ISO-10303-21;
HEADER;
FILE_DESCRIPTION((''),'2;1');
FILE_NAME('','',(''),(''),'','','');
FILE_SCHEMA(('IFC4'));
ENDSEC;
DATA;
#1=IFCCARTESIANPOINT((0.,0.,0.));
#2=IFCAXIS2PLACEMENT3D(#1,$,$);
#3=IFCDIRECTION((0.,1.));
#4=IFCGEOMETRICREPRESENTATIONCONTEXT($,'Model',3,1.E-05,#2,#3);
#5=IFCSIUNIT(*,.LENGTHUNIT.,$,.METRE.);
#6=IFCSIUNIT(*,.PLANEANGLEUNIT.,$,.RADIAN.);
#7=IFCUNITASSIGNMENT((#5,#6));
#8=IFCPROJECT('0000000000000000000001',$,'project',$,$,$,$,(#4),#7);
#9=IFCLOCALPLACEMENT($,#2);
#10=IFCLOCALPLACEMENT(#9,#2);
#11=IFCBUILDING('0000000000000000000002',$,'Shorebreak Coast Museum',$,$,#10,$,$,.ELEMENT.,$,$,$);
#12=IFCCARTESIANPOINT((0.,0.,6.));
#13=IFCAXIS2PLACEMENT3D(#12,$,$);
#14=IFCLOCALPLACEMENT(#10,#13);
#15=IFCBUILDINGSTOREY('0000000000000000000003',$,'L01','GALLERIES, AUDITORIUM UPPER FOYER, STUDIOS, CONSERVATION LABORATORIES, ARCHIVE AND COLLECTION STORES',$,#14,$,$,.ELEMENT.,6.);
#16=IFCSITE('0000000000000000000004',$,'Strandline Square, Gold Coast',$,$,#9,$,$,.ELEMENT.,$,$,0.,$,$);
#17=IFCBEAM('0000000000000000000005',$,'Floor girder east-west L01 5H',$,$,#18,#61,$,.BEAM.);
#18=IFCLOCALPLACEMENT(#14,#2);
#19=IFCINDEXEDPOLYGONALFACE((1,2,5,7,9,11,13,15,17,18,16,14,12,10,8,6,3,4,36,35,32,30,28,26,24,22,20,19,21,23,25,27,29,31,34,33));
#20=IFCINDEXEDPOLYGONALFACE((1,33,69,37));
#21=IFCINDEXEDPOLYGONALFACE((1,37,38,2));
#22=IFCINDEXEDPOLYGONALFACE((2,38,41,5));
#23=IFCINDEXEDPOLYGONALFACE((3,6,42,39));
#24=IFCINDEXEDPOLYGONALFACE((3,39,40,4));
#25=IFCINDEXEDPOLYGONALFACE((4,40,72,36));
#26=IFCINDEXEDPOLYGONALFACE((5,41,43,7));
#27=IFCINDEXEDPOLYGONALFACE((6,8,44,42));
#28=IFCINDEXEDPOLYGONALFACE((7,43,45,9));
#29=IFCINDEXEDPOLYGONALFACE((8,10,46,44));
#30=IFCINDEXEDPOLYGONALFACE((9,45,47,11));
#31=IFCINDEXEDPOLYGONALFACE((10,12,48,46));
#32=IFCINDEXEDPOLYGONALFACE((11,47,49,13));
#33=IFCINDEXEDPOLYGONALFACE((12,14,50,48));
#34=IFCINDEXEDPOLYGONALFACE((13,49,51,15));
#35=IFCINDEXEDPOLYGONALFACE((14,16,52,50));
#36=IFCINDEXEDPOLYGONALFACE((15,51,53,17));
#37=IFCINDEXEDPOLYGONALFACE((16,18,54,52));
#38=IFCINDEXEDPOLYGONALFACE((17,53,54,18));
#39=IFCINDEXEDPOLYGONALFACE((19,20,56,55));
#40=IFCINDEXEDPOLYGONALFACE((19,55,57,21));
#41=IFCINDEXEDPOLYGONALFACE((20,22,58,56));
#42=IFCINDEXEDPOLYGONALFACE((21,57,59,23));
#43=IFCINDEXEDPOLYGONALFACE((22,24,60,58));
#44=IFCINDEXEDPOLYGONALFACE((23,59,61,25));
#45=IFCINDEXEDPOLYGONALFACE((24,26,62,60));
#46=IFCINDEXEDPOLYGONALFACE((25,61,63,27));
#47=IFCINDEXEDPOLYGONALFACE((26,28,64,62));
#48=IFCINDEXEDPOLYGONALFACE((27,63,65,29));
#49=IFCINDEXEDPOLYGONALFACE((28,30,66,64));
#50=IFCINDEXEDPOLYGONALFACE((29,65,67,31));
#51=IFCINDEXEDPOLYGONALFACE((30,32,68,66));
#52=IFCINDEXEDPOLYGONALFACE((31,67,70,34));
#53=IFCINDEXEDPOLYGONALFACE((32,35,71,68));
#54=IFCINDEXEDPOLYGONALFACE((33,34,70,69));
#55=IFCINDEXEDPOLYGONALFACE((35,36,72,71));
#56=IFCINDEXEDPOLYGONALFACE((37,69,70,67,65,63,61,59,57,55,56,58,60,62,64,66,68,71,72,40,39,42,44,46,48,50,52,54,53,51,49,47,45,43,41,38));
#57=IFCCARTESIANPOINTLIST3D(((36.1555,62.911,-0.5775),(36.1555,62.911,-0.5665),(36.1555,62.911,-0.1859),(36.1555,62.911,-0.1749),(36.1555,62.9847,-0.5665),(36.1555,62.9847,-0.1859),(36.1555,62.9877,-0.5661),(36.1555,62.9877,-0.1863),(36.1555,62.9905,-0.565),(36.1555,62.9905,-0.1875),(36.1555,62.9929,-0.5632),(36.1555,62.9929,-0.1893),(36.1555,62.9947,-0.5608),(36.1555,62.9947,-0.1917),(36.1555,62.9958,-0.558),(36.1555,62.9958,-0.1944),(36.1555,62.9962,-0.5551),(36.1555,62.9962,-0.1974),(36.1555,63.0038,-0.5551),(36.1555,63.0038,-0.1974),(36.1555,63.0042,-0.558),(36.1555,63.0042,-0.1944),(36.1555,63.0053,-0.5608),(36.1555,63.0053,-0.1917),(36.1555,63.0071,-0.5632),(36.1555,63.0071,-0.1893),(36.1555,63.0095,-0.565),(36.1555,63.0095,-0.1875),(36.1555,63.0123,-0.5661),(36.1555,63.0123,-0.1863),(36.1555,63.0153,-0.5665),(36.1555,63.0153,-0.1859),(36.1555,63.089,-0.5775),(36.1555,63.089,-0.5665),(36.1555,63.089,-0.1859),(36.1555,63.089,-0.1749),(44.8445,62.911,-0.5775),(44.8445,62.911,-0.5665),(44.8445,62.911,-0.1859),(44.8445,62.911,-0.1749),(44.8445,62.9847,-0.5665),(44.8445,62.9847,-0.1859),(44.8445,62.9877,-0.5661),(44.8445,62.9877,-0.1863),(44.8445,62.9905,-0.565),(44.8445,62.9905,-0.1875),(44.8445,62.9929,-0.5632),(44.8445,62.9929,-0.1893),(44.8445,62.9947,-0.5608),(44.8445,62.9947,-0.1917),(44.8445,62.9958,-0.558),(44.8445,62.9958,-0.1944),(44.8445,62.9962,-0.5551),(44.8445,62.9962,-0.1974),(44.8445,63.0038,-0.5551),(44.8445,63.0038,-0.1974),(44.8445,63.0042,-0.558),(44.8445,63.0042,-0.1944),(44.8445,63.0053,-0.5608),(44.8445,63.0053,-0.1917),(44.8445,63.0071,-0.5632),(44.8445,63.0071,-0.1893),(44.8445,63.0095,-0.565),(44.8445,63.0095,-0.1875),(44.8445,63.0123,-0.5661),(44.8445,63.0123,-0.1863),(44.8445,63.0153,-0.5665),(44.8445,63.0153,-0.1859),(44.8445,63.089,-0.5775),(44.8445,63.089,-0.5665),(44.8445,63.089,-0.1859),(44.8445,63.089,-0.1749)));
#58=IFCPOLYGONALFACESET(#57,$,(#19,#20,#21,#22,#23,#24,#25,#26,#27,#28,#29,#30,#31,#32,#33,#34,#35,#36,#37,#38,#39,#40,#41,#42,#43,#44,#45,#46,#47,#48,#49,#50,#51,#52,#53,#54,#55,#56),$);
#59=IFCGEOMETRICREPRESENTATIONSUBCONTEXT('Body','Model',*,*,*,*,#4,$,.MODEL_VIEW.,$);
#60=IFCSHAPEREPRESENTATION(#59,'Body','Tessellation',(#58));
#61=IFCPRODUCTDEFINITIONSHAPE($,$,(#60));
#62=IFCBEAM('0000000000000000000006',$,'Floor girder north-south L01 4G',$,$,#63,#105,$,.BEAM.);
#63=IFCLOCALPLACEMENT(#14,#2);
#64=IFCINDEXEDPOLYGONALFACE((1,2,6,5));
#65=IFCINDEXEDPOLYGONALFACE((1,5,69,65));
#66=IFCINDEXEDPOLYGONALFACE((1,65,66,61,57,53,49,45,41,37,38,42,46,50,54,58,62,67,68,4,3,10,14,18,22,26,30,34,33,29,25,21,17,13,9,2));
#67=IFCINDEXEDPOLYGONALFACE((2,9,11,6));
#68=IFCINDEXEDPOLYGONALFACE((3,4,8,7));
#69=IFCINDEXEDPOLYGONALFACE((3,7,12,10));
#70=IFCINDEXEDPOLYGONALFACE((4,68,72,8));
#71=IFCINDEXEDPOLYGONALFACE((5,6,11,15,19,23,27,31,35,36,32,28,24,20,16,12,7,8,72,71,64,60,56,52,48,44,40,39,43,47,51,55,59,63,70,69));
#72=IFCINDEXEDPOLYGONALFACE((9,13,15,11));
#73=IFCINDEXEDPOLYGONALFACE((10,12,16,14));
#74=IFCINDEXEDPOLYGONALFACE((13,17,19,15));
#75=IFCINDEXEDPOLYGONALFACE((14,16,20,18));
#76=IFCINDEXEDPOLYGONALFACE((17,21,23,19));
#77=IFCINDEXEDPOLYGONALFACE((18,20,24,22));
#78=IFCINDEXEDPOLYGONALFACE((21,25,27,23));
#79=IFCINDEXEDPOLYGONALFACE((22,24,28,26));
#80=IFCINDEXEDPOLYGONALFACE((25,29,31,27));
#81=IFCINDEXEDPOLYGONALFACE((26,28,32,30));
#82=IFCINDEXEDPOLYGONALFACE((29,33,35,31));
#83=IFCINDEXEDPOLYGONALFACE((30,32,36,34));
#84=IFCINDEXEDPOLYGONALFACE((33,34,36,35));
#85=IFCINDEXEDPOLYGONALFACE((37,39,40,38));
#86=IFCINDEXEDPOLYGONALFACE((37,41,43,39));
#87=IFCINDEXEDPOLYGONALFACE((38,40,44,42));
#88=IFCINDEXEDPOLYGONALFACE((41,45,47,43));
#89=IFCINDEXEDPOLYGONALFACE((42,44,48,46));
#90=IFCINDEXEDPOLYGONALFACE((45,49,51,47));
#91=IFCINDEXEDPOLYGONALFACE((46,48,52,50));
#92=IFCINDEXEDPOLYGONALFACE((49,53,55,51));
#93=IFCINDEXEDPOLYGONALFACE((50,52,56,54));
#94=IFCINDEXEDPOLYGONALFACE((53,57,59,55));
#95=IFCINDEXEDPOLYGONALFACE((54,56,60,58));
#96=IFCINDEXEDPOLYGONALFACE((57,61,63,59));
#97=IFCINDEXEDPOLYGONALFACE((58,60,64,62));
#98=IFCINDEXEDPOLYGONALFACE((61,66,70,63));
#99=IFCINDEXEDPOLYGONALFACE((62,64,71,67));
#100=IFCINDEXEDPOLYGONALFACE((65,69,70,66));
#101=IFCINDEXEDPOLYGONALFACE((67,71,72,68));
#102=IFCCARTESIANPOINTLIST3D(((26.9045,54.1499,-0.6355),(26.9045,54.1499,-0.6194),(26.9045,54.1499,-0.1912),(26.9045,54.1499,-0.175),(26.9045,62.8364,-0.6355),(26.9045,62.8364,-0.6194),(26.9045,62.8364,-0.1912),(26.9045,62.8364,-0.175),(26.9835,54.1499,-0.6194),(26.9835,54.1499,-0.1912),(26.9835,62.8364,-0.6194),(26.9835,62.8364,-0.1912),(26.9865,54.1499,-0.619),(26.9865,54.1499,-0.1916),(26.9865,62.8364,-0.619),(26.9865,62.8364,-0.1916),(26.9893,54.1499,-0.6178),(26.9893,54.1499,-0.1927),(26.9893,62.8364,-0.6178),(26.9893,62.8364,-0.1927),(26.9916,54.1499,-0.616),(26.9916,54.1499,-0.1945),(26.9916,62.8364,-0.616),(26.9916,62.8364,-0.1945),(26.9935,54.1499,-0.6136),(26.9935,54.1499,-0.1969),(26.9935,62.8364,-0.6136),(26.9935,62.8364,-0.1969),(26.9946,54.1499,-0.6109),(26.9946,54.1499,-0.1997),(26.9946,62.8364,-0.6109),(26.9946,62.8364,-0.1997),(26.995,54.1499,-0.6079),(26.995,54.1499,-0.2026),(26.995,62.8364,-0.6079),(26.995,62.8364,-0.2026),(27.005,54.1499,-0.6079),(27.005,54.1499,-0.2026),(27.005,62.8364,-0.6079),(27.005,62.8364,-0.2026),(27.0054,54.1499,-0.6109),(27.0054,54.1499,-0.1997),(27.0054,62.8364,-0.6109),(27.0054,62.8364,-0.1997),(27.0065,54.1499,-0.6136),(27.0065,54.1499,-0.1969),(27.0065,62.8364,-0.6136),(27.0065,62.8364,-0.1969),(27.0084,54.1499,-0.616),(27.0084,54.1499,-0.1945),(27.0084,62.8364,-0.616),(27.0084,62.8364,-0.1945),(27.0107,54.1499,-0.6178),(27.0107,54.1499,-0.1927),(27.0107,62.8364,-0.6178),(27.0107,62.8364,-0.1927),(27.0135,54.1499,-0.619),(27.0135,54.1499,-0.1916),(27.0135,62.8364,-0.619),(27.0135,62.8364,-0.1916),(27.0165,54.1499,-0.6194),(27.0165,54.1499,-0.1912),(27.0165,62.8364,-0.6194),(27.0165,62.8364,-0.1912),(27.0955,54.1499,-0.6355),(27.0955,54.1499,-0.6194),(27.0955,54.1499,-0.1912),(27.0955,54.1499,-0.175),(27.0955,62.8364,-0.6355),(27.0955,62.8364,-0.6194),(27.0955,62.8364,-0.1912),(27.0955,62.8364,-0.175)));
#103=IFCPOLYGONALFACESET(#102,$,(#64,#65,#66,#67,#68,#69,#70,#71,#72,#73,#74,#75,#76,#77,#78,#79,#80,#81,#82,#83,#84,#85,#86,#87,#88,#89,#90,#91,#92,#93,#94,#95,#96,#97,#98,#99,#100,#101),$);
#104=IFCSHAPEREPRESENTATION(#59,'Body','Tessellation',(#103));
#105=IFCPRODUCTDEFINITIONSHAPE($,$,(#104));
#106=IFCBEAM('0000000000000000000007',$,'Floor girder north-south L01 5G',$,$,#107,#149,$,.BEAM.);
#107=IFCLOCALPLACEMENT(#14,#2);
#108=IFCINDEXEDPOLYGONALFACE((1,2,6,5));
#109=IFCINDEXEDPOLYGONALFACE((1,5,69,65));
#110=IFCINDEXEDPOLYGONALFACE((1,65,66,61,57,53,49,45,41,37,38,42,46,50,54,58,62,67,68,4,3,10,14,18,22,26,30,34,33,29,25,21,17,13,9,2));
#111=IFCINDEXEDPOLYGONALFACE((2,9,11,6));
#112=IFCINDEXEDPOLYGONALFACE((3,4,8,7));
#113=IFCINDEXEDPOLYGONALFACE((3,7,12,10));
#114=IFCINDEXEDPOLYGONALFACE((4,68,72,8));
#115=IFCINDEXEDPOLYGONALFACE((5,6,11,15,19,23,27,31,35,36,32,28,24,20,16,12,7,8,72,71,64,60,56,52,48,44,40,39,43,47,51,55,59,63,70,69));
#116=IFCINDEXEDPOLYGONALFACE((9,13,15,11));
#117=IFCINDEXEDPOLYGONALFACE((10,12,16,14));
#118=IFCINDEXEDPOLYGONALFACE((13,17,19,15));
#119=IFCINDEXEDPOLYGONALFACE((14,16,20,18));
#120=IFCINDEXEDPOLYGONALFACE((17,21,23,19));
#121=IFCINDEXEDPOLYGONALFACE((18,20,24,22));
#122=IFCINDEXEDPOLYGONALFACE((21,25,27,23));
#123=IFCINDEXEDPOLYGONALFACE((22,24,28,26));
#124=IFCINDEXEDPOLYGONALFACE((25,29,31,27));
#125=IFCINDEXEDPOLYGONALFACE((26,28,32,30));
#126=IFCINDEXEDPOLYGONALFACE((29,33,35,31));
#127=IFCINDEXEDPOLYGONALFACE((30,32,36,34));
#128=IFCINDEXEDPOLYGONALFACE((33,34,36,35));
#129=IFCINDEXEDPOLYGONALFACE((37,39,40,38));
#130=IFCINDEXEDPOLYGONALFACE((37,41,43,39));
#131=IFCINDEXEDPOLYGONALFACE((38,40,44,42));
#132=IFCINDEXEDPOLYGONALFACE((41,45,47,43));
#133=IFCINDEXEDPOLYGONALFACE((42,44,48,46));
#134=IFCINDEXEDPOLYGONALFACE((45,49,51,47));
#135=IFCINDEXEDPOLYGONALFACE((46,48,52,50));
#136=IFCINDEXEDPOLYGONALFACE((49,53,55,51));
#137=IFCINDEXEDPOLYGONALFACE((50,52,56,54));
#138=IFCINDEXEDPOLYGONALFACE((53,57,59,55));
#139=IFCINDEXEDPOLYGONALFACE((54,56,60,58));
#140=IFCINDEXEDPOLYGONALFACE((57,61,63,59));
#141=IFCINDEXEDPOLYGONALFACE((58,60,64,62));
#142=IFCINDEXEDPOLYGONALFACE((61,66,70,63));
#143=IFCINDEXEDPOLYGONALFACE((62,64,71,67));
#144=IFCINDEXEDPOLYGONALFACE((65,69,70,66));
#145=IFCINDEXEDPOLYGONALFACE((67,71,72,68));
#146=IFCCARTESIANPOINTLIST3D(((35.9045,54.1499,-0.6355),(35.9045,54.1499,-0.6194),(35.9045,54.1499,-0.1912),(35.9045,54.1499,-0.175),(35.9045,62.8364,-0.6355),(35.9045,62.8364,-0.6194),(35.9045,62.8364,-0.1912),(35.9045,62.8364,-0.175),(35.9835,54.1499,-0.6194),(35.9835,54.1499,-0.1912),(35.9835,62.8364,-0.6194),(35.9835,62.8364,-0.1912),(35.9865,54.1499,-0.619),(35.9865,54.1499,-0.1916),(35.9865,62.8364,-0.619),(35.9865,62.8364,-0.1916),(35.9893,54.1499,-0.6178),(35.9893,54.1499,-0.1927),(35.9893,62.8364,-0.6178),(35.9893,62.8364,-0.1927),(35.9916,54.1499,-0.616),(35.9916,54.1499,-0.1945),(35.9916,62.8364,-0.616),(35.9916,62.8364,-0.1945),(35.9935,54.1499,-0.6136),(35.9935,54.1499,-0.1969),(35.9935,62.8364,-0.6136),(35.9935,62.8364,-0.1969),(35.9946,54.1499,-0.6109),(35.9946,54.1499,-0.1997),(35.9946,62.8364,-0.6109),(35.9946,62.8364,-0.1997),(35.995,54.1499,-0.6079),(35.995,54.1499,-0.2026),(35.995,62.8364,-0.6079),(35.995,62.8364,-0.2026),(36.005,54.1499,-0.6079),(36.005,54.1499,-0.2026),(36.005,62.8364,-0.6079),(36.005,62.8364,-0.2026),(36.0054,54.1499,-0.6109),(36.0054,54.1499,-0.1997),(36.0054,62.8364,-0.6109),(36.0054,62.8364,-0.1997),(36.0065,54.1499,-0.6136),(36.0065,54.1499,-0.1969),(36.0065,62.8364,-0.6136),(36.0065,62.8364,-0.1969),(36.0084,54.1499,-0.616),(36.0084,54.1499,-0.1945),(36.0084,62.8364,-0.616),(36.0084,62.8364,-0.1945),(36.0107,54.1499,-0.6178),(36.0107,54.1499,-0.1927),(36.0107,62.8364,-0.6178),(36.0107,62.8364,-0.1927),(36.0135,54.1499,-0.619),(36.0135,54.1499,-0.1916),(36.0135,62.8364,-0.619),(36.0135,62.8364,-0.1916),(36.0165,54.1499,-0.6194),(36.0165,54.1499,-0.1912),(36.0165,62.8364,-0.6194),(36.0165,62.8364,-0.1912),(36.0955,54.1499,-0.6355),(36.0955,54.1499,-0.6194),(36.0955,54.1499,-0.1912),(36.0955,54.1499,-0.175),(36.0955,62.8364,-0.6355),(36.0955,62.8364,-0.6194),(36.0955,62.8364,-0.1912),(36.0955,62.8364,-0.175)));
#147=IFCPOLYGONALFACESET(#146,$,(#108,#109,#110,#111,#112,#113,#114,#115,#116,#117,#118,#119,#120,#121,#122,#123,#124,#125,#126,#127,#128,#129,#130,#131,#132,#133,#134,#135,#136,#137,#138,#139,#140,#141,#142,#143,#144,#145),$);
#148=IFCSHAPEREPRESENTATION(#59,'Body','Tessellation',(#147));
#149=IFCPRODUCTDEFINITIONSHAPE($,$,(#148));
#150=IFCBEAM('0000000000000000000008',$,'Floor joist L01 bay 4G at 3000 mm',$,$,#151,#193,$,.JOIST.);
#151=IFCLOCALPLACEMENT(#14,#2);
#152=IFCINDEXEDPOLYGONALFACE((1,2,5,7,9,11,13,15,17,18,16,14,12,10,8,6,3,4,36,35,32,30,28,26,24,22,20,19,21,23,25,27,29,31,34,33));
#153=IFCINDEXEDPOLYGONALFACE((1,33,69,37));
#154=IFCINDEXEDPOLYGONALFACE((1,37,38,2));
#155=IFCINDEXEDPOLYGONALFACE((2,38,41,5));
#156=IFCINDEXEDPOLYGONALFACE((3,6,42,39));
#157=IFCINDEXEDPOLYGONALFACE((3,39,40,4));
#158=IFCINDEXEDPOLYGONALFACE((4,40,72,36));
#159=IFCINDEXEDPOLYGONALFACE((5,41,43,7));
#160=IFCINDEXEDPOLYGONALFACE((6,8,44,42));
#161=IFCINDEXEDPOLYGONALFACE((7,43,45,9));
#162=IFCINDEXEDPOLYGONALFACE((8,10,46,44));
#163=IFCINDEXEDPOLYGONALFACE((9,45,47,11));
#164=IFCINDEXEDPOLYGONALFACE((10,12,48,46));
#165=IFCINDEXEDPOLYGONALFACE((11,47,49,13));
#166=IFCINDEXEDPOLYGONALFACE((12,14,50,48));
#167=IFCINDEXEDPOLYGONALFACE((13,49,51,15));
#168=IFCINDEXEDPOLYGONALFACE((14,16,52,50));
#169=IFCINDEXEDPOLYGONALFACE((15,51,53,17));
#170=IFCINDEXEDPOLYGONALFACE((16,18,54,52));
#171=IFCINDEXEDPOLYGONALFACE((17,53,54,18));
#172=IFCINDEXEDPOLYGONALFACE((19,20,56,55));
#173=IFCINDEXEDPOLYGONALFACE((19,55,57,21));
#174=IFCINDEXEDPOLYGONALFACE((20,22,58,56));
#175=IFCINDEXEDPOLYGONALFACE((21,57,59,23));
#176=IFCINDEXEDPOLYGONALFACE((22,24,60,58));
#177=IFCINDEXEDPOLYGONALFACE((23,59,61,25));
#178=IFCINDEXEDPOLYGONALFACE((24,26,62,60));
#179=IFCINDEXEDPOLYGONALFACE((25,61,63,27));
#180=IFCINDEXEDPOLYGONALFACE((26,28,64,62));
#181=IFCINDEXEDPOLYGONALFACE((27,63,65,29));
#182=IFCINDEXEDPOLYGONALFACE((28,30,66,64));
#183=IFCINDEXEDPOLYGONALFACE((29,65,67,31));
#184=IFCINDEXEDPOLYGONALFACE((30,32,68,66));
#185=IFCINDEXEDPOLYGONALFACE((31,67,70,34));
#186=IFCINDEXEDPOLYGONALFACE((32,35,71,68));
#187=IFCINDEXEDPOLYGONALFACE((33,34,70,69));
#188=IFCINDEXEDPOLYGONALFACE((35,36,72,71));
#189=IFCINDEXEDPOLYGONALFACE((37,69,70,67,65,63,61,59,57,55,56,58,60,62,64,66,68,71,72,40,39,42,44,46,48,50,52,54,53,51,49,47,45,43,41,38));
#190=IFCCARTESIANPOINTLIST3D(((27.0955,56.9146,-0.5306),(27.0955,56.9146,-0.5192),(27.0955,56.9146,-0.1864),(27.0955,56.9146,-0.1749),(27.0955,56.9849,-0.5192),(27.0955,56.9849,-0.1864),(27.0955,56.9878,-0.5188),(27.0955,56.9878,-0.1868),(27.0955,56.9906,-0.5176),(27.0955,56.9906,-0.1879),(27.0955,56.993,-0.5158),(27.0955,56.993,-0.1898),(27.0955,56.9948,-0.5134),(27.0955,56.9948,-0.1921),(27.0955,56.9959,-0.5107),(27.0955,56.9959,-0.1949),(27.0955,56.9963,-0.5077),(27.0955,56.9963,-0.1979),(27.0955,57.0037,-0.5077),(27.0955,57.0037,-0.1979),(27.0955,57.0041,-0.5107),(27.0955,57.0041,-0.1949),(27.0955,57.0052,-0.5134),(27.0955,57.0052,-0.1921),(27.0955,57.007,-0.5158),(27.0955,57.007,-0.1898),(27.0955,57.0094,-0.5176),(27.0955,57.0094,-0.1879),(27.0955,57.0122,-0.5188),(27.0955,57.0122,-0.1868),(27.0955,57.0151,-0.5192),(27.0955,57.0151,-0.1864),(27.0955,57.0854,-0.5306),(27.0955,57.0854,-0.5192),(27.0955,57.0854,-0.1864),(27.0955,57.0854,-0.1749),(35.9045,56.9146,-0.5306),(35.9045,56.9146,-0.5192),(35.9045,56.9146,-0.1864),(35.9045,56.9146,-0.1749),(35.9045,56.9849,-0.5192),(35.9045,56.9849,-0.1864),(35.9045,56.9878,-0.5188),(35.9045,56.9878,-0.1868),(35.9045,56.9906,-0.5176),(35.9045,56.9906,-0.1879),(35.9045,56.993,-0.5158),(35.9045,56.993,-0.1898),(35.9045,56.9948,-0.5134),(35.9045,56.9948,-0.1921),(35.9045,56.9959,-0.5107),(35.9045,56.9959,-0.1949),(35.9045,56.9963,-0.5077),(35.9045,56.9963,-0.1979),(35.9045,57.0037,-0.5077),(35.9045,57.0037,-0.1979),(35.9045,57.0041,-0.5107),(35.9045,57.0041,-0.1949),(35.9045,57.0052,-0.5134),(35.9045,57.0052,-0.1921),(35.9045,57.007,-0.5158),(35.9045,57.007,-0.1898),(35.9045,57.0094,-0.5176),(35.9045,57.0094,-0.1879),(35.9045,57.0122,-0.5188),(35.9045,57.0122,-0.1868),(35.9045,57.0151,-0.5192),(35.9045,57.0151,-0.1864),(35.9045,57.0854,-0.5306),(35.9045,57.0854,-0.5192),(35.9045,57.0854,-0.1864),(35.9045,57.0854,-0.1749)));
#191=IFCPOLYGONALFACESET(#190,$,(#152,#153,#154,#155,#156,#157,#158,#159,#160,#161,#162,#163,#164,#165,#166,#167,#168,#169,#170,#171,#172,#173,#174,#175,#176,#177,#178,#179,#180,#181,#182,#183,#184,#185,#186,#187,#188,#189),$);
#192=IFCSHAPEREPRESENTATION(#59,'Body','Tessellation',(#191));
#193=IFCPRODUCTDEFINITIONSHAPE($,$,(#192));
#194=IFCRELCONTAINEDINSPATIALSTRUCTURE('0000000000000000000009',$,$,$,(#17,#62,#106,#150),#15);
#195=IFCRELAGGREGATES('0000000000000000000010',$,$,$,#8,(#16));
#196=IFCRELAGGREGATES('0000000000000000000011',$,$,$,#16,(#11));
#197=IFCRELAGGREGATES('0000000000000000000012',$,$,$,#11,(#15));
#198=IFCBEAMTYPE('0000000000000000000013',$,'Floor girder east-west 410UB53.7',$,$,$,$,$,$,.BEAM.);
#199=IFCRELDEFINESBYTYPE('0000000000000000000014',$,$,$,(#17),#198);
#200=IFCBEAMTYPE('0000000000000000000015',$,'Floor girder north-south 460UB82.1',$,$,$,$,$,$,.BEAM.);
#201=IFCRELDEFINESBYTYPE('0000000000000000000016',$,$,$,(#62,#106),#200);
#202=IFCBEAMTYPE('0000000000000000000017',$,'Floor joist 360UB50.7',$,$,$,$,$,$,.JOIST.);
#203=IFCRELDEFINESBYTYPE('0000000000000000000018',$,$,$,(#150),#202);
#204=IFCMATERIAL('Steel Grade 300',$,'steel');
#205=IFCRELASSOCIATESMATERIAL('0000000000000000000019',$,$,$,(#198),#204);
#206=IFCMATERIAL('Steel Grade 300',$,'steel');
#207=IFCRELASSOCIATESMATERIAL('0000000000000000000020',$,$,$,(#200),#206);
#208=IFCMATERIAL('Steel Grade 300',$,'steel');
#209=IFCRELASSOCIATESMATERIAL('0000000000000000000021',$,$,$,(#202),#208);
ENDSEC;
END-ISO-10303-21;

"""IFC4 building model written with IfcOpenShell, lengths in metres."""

from ifc_helpers import new_model, si_unit, direction, frame, origin, origin_2d, place, context, subcontext, project, spatial, i_section, extrude, material, material_profile, profile_set, type_object, element, save


model = new_model("IFC4")

# Units and contexts
model_context = context("Model", 3, precision=1e-05, world=origin(), true_north=direction((0.0, 1.0)))
body_context = subcontext(model_context, "Body", "Model", "MODEL_VIEW")
ifc_project = project(units=[si_unit("LENGTHUNIT", "METRE"), si_unit("PLANEANGLEUNIT", "RADIAN")], contexts=[model_context])

# Site, building, storey
site_placement = place(None, origin())
site = spatial("IfcSite", under=ifc_project, at=site_placement, Name="Strandline Square, Gold Coast", CompositionType="ELEMENT", RefElevation=0.0)
building_placement = place(site_placement, origin())
building = spatial("IfcBuilding", under=site, at=building_placement, Name="Shorebreak Coast Museum", CompositionType="ELEMENT")
storey_placement = place(building_placement, frame((0.0, 0.0, 6.0)))
storey = spatial("IfcBuildingStorey", under=building, at=storey_placement, Name="L01", Description="GALLERIES, AUDITORIUM UPPER FOYER, STUDIOS, CONSERVATION LABORATORIES, ARCHIVE AND COLLECTION STORES", CompositionType="ELEMENT", Elevation=6.0)

# Beams
ifc_material_1 = material(Name="Steel Grade 300", Category="steel")
ifc_material_profile_1 = material_profile(ifc_material_1, i_section(OverallWidth=0.178, OverallDepth=0.4026, WebThickness=0.0076, FlangeThickness=0.011, FilletRadius=0.0115, at=origin_2d()), Name="410UB53.7")
ifc_profile_set_1 = profile_set([ifc_material_profile_1], Name="Steel Grade 300")
beam_type_1 = type_object("IfcBeamType", Name="Floor girder east-west 410UB53.7", PredefinedType="BEAM", material=ifc_profile_set_1)
for number, where, z_axis, x_axis, name in (
    (1, (36.1555, 63.0, -0.3762), (1.0, 0.0, 0.0), (0.0, 1.0, 0.0), "Floor girder east-west L01 5H"),
):
    element("IfcBeam", number, at=place(storey_placement, frame(where, z_axis=z_axis, x_axis=x_axis)), inside=storey, type_object=beam_type_1, Name=name, PredefinedType="BEAM", context=body_context, shape_type="SweptSolid", body=[
        extrude(i_section(OverallWidth=0.178, OverallDepth=0.4026, WebThickness=0.0076, FlangeThickness=0.011, FilletRadius=0.0115, at=origin_2d()), origin(), (0.0, 0.0, 1.0), 8.689),
    ])
ifc_material_2 = material(Name="Steel Grade 300", Category="steel")
ifc_material_profile_2 = material_profile(ifc_material_2, i_section(OverallWidth=0.1909, OverallDepth=0.4604, WebThickness=0.01, FlangeThickness=0.0161, FilletRadius=0.0115, at=origin_2d()), Name="460UB82.1")
ifc_profile_set_2 = profile_set([ifc_material_profile_2], Name="Steel Grade 300")
beam_type_2 = type_object("IfcBeamType", Name="Floor girder north-south 460UB82.1", PredefinedType="BEAM", material=ifc_profile_set_2)
for number, where, z_axis, x_axis, name in (
    (2, (27.0, 54.1499, -0.4053), (0.0, 1.0, 0.0), (-1.0, 0.0, 0.0), "Floor girder north-south L01 4G"),
    (3, (36.0, 54.1499, -0.4053), (0.0, 1.0, 0.0), (-1.0, 0.0, 0.0), "Floor girder north-south L01 5G"),
):
    element("IfcBeam", number, at=place(storey_placement, frame(where, z_axis=z_axis, x_axis=x_axis)), inside=storey, type_object=beam_type_2, Name=name, PredefinedType="BEAM", context=body_context, shape_type="SweptSolid", body=[
        extrude(i_section(OverallWidth=0.1909, OverallDepth=0.4604, WebThickness=0.01, FlangeThickness=0.0161, FilletRadius=0.0115, at=origin_2d()), origin(), (0.0, 0.0, 1.0), 8.6865),
    ])
ifc_material_3 = material(Name="Steel Grade 300", Category="steel")
ifc_material_profile_3 = material_profile(ifc_material_3, i_section(OverallWidth=0.1709, OverallDepth=0.3557, WebThickness=0.0073, FlangeThickness=0.0115, FilletRadius=0.0115, at=origin_2d()), Name="360UB50.7")
ifc_profile_set_3 = profile_set([ifc_material_profile_3], Name="Steel Grade 300")
beam_type_3 = type_object("IfcBeamType", Name="Floor joist 360UB50.7", PredefinedType="JOIST", material=ifc_profile_set_3)
for number, where, z_axis, x_axis, name in (
    (4, (27.0955, 57.0, -0.3528), (1.0, 0.0, 0.0), (0.0, 1.0, 0.0), "Floor joist L01 bay 4G at 3000 mm"),
):
    element("IfcBeam", number, at=place(storey_placement, frame(where, z_axis=z_axis, x_axis=x_axis)), inside=storey, type_object=beam_type_3, Name=name, PredefinedType="JOIST", context=body_context, shape_type="SweptSolid", body=[
        extrude(i_section(OverallWidth=0.1709, OverallDepth=0.3557, WebThickness=0.0073, FlangeThickness=0.0115, FilletRadius=0.0115, at=origin_2d()), origin(), (0.0, 0.0, 1.0), 8.8091),
    ])

save(model, "model.ifc")
